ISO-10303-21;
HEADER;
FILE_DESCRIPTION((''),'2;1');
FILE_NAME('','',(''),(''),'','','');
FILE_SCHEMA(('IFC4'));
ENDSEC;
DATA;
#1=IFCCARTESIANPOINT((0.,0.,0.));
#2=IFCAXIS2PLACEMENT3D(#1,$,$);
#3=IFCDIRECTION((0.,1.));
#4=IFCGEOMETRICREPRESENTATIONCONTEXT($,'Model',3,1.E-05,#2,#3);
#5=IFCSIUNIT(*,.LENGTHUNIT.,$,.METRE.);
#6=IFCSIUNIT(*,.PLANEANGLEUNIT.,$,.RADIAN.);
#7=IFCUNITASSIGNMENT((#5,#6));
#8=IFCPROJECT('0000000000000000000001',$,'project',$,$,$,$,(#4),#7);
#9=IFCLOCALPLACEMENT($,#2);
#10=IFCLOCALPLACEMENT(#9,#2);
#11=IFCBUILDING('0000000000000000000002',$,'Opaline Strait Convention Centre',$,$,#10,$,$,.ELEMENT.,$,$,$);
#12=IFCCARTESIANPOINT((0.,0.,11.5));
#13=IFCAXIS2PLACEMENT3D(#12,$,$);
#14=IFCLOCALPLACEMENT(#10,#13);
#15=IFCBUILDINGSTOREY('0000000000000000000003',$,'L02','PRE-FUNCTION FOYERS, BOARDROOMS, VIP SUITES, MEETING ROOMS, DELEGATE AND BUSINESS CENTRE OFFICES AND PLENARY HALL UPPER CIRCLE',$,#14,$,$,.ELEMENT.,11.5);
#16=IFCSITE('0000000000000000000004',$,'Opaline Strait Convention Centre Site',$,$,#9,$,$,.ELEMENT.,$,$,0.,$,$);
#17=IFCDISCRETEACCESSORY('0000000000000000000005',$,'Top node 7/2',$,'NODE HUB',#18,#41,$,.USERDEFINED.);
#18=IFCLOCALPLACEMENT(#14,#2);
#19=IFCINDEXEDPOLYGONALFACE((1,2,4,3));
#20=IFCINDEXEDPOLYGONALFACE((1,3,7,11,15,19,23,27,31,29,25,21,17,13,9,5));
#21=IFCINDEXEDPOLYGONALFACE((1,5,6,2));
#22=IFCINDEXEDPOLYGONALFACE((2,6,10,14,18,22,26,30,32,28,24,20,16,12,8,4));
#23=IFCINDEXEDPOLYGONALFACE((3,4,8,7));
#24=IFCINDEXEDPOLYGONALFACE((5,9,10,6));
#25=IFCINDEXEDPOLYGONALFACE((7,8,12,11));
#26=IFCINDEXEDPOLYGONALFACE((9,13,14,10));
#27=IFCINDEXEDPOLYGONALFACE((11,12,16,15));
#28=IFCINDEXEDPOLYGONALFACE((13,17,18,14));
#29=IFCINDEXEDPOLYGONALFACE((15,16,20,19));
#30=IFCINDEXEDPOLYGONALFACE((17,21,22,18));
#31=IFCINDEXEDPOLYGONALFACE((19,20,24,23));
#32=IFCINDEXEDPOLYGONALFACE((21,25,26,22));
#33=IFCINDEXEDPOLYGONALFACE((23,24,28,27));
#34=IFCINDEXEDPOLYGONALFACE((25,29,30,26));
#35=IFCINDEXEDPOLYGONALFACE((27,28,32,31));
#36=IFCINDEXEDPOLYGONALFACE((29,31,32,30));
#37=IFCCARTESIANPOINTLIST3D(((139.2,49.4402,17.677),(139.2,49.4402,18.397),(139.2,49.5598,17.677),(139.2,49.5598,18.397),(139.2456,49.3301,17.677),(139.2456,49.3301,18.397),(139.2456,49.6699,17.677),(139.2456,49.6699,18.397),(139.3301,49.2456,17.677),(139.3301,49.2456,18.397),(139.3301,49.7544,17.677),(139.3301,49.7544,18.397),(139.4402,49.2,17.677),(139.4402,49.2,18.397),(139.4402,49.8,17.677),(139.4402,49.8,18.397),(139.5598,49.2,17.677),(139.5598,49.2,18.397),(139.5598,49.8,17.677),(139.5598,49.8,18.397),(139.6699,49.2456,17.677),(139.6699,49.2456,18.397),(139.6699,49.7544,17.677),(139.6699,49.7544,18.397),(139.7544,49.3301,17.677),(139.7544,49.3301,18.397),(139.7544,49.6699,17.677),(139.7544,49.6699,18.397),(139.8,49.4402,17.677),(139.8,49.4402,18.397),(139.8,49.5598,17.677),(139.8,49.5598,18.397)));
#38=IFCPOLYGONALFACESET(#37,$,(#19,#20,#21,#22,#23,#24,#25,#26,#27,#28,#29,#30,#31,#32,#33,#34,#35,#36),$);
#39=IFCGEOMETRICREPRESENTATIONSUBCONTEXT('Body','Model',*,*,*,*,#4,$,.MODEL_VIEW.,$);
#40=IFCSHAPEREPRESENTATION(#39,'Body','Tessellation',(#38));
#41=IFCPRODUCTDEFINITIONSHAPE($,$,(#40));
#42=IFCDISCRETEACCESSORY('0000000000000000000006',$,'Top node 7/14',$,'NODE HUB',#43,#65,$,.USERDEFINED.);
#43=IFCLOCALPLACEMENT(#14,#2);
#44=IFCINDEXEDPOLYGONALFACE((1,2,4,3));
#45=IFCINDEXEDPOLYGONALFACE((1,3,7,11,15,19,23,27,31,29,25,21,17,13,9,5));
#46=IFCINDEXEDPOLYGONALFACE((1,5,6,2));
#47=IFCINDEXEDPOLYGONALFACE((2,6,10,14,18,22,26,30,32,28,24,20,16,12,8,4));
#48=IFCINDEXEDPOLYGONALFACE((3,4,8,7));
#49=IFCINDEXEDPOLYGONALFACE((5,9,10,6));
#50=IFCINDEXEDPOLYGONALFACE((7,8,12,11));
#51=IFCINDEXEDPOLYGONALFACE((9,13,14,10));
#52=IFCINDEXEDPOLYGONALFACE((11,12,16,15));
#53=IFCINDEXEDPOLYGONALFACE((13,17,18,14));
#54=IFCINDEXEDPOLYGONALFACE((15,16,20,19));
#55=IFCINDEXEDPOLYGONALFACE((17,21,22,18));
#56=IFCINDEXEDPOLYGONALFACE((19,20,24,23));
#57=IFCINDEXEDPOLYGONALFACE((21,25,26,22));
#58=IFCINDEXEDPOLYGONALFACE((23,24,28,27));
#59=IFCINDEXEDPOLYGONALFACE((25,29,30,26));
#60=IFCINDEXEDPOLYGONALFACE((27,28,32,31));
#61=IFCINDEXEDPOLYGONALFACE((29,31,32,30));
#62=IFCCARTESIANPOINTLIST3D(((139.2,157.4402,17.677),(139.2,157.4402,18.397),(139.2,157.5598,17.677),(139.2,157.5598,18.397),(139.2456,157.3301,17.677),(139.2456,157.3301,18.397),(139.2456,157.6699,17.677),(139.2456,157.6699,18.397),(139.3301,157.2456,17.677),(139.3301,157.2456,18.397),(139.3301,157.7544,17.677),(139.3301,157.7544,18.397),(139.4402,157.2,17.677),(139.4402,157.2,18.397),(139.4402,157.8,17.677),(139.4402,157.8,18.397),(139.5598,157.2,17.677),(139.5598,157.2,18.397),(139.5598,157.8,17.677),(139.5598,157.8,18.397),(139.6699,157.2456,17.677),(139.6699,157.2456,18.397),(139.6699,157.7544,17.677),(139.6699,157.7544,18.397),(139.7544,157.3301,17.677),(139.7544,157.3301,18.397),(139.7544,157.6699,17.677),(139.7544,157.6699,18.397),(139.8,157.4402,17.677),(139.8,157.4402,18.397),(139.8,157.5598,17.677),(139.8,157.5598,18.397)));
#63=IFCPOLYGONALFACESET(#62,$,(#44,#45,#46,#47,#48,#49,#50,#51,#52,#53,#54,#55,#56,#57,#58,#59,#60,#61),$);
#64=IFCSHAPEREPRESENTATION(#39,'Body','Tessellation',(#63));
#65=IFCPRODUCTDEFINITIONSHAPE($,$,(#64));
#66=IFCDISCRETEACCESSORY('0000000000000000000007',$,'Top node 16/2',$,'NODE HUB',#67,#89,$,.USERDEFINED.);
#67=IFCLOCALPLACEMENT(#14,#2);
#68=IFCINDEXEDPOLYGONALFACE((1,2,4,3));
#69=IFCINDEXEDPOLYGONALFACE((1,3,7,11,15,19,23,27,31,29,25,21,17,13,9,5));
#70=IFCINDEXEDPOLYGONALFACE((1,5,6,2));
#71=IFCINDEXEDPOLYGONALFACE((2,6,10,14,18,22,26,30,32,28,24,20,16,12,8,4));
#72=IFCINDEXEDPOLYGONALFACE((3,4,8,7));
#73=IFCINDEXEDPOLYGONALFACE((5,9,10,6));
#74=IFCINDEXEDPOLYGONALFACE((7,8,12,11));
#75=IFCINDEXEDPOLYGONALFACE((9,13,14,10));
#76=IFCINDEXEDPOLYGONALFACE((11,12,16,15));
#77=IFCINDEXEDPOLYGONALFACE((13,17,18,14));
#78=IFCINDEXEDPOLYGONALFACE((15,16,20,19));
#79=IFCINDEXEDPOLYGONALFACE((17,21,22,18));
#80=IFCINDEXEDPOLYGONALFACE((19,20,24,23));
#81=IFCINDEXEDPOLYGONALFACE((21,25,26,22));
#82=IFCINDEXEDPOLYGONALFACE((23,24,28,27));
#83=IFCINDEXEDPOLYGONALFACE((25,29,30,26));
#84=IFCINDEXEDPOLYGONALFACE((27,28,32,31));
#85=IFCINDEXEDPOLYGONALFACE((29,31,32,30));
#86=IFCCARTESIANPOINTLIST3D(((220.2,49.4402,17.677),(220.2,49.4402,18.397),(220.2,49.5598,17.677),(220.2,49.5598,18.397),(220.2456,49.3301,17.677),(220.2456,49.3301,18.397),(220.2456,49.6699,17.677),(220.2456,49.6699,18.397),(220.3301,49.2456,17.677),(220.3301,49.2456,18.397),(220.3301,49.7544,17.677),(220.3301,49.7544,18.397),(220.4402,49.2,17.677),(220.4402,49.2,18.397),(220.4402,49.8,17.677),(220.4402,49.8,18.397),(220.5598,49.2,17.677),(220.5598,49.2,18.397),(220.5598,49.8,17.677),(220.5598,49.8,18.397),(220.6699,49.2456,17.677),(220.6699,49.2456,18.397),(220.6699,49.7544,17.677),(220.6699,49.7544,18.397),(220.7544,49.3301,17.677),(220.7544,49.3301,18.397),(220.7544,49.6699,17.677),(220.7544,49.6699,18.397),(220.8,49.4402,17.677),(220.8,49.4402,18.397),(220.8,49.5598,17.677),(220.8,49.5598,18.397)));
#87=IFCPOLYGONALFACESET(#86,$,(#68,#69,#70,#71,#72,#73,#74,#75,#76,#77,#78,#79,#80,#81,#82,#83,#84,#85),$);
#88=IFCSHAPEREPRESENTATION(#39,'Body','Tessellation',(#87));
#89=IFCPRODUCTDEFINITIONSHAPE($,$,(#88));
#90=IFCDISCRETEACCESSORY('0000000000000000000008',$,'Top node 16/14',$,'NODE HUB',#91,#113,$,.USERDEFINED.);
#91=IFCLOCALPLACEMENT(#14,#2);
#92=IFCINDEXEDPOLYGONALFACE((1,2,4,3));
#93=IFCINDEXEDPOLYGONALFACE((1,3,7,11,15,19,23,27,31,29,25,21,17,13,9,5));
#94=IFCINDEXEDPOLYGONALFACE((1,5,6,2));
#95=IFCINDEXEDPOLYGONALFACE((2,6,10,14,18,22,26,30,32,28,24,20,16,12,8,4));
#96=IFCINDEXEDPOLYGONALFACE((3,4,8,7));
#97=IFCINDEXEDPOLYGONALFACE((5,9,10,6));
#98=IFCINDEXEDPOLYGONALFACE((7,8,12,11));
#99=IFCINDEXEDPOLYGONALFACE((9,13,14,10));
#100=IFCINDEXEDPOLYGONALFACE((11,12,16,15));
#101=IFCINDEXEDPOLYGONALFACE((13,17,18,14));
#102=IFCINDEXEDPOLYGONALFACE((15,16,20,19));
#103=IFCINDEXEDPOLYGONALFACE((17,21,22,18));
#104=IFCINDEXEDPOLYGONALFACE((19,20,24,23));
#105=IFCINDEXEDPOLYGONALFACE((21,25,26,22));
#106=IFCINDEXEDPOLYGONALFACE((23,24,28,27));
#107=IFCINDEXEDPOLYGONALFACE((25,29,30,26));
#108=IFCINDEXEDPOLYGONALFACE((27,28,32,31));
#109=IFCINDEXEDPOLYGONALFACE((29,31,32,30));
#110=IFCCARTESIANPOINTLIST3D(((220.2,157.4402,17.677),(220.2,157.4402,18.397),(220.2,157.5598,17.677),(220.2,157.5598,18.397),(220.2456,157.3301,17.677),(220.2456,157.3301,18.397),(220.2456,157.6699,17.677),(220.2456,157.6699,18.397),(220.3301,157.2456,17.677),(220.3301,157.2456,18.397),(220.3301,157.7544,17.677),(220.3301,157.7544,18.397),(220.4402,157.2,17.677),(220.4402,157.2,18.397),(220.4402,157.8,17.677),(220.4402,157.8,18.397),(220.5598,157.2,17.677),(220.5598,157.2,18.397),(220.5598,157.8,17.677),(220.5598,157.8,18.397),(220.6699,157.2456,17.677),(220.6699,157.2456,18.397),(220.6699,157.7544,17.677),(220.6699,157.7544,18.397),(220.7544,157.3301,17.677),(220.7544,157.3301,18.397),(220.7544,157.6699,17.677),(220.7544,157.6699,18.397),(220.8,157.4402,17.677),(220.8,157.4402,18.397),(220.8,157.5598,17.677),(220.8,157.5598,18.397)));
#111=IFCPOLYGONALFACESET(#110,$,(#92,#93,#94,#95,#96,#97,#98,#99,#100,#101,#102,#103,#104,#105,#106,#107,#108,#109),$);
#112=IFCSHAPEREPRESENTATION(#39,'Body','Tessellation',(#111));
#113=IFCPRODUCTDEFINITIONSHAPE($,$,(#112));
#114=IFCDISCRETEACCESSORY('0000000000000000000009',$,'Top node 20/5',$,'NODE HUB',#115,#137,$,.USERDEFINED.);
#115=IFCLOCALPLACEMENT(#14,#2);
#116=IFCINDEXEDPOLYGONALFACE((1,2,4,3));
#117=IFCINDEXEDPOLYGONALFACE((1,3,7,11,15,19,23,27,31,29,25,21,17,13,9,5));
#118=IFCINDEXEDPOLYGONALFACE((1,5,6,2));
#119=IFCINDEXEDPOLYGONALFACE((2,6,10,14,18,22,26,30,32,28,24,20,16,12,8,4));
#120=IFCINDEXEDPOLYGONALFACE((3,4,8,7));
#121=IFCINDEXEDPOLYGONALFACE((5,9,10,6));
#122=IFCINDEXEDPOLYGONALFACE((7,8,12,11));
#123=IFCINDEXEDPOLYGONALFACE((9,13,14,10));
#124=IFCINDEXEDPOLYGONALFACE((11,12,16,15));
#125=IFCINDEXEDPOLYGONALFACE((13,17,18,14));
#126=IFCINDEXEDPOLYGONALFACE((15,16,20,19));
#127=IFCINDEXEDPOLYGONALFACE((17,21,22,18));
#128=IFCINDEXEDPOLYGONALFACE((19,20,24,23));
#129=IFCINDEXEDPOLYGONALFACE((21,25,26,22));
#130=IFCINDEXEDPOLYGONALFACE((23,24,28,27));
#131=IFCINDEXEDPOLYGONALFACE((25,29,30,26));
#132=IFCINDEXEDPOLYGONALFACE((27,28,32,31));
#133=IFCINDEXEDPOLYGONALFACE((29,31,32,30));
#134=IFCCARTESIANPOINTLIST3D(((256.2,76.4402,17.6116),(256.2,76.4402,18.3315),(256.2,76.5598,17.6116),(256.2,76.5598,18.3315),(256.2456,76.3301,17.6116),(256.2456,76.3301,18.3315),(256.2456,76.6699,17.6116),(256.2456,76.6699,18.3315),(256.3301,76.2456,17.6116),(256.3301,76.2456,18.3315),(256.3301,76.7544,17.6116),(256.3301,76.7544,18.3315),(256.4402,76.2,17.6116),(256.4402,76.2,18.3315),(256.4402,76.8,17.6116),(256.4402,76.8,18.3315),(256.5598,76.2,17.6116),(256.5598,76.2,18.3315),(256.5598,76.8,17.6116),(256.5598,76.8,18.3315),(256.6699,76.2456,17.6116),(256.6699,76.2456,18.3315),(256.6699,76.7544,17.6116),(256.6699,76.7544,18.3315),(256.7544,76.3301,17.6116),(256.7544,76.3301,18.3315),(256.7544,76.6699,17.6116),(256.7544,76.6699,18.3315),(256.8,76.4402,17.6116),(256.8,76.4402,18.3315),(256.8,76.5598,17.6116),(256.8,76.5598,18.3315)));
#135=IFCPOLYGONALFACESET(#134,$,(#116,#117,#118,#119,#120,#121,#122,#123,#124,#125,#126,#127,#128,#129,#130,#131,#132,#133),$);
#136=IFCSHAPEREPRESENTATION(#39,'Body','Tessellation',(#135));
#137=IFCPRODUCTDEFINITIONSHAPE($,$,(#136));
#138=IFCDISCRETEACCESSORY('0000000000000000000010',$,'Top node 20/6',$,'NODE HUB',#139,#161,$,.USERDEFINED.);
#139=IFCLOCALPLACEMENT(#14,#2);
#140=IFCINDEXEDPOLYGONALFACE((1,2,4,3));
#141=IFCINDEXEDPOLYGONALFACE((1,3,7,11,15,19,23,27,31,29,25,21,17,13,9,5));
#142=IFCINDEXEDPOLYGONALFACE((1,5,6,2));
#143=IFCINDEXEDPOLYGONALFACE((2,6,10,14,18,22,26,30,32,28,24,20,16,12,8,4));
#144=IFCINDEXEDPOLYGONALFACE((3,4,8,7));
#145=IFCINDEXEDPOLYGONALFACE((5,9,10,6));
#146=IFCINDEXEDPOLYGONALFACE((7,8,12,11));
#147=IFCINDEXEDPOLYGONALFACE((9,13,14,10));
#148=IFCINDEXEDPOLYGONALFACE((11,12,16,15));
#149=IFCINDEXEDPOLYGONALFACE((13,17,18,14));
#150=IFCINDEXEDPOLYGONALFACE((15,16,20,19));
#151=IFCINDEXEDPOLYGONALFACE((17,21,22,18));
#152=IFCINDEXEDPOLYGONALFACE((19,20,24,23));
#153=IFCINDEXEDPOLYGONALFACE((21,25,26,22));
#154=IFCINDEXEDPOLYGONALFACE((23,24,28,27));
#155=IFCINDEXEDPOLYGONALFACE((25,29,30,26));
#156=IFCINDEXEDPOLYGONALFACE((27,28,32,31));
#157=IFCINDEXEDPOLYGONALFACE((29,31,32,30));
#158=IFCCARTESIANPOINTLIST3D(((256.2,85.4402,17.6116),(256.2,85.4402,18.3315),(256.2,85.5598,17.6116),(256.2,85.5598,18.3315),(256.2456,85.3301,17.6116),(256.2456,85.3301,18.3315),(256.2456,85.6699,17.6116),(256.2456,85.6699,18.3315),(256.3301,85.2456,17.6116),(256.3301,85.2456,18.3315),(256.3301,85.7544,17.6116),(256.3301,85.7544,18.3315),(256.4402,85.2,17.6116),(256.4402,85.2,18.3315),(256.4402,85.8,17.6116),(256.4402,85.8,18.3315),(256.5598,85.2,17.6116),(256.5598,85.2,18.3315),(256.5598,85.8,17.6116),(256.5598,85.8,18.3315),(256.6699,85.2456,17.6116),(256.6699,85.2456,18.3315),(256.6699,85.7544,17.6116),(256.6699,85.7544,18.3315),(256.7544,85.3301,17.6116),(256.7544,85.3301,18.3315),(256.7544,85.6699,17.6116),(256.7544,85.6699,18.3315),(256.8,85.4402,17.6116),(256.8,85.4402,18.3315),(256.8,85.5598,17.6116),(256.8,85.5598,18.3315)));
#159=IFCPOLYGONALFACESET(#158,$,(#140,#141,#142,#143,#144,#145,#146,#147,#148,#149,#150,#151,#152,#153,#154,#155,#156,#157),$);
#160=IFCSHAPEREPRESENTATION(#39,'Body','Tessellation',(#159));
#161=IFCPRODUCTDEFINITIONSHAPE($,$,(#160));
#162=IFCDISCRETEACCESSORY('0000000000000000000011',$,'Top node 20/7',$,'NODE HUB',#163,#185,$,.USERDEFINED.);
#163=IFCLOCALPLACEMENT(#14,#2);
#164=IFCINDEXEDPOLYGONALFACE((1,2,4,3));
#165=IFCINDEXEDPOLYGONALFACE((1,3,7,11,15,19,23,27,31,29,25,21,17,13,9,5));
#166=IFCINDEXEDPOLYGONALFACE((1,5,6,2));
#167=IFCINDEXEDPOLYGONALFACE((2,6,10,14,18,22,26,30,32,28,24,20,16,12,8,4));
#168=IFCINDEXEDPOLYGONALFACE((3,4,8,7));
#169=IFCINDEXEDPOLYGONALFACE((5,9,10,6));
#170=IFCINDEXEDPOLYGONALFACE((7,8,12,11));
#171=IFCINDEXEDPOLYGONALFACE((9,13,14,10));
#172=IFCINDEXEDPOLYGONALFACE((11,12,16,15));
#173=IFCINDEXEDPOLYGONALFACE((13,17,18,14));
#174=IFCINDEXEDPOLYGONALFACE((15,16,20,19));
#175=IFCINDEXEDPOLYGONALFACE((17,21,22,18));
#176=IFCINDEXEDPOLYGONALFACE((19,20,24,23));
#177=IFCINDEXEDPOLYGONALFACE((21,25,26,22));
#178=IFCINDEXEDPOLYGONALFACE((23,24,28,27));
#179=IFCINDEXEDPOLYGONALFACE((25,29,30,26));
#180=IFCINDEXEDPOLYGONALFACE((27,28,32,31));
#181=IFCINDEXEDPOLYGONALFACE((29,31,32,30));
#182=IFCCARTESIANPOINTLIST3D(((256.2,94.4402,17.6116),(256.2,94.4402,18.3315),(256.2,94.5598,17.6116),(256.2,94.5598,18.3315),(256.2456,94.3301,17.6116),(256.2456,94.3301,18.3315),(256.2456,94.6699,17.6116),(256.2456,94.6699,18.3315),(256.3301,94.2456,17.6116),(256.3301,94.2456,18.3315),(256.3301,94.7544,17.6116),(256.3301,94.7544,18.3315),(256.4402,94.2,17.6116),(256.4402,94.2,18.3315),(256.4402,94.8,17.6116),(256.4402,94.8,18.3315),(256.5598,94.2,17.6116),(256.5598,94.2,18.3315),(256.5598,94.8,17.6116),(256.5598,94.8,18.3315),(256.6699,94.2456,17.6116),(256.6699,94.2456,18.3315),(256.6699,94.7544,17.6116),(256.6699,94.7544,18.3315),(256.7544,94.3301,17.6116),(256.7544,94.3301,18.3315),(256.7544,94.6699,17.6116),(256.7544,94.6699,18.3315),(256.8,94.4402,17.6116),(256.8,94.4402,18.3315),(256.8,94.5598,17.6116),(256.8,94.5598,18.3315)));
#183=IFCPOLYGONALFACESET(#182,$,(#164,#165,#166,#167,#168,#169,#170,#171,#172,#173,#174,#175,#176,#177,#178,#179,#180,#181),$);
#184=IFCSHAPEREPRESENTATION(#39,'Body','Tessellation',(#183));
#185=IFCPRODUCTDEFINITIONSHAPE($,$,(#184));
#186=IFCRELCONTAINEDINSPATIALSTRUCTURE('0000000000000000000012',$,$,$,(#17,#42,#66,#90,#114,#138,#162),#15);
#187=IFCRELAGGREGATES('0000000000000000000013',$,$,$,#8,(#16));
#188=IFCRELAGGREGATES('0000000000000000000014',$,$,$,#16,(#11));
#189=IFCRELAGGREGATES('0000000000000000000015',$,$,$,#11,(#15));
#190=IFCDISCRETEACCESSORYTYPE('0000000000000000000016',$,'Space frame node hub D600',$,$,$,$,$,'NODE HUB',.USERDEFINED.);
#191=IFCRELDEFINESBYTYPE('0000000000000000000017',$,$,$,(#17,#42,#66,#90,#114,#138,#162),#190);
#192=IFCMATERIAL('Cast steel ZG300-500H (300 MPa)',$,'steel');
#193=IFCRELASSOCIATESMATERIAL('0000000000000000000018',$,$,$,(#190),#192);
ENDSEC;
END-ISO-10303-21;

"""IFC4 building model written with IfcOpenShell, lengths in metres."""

from ifc_helpers import new_model, si_unit, direction, frame, origin, place, context, subcontext, project, spatial, polyline, outline, extrude, material, type_object, element, save


model = new_model("IFC4")

# Units and contexts
model_context = context("Model", 3, precision=1e-05, world=origin(), true_north=direction((0.0, 1.0)))
body_context = subcontext(model_context, "Body", "Model", "MODEL_VIEW")
ifc_project = project(units=[si_unit("LENGTHUNIT", "METRE"), si_unit("PLANEANGLEUNIT", "RADIAN")], contexts=[model_context])

# Site, building, storey
site_placement = place(None, origin())
site = spatial("IfcSite", under=ifc_project, at=site_placement, Name="Opaline Strait Convention Centre Site", CompositionType="ELEMENT", RefElevation=0.0)
building_placement = place(site_placement, origin())
building = spatial("IfcBuilding", under=site, at=building_placement, Name="Opaline Strait Convention Centre", CompositionType="ELEMENT")
storey_placement = place(building_placement, frame((0.0, 0.0, 11.5)))
storey = spatial("IfcBuildingStorey", under=building, at=storey_placement, Name="L02", Description="PRE-FUNCTION FOYERS, BOARDROOMS, VIP SUITES, MEETING ROOMS, DELEGATE AND BUSINESS CENTRE OFFICES AND PLENARY HALL UPPER CIRCLE", CompositionType="ELEMENT", Elevation=11.5)

# Discrete accessories
ifc_material = material(Name="Cast steel ZG300-500H (300 MPa)", Category="steel")
discrete_accessory_type_1 = type_object("IfcDiscreteAccessoryType", Name="Space frame node hub D600", ElementType="NODE HUB", PredefinedType="USERDEFINED", material=ifc_material)
discrete_accessory_1_placement = place(storey_placement, frame((0.0, 0.0, 17.677)))
element("IfcDiscreteAccessory", 1, at=discrete_accessory_1_placement, inside=storey, type_object=discrete_accessory_type_1, Name="Top node 7/2", ObjectType="NODE HUB", PredefinedType="USERDEFINED", context=body_context, shape_type="SweptSolid", body=[
    extrude(outline(polyline([(139.8, 49.5598), (139.7544, 49.6699), (139.6699, 49.7544), (139.5598, 49.8), (139.4402, 49.8), (139.3301, 49.7544), (139.2456, 49.6699), (139.2, 49.5598), (139.2, 49.4402), (139.2456, 49.3301), (139.3301, 49.2456), (139.4402, 49.2), (139.5598, 49.2), (139.6699, 49.2456), (139.7544, 49.3301), (139.8, 49.4402), (139.8, 49.5598)])), origin(), (0.0, 0.0, 1.0), 0.72),
])
discrete_accessory_2_placement = place(storey_placement, frame((0.0, 0.0, 17.677)))
element("IfcDiscreteAccessory", 2, at=discrete_accessory_2_placement, inside=storey, type_object=discrete_accessory_type_1, Name="Top node 7/14", ObjectType="NODE HUB", PredefinedType="USERDEFINED", context=body_context, shape_type="SweptSolid", body=[
    extrude(outline(polyline([(139.8, 157.5598), (139.7544, 157.6699), (139.6699, 157.7544), (139.5598, 157.8), (139.4402, 157.8), (139.3301, 157.7544), (139.2456, 157.6699), (139.2, 157.5598), (139.2, 157.4402), (139.2456, 157.3301), (139.3301, 157.2456), (139.4402, 157.2), (139.5598, 157.2), (139.6699, 157.2456), (139.7544, 157.3301), (139.8, 157.4402), (139.8, 157.5598)])), origin(), (0.0, 0.0, 1.0), 0.72),
])
discrete_accessory_3_placement = place(storey_placement, frame((0.0, 0.0, 17.677)))
element("IfcDiscreteAccessory", 3, at=discrete_accessory_3_placement, inside=storey, type_object=discrete_accessory_type_1, Name="Top node 16/2", ObjectType="NODE HUB", PredefinedType="USERDEFINED", context=body_context, shape_type="SweptSolid", body=[
    extrude(outline(polyline([(220.8, 49.5598), (220.7544, 49.6699), (220.6699, 49.7544), (220.5598, 49.8), (220.4402, 49.8), (220.3301, 49.7544), (220.2456, 49.6699), (220.2, 49.5598), (220.2, 49.4402), (220.2456, 49.3301), (220.3301, 49.2456), (220.4402, 49.2), (220.5598, 49.2), (220.6699, 49.2456), (220.7544, 49.3301), (220.8, 49.4402), (220.8, 49.5598)])), origin(), (0.0, 0.0, 1.0), 0.72),
])
discrete_accessory_4_placement = place(storey_placement, frame((0.0, 0.0, 17.677)))
element("IfcDiscreteAccessory", 4, at=discrete_accessory_4_placement, inside=storey, type_object=discrete_accessory_type_1, Name="Top node 16/14", ObjectType="NODE HUB", PredefinedType="USERDEFINED", context=body_context, shape_type="SweptSolid", body=[
    extrude(outline(polyline([(220.8, 157.5598), (220.7544, 157.6699), (220.6699, 157.7544), (220.5598, 157.8), (220.4402, 157.8), (220.3301, 157.7544), (220.2456, 157.6699), (220.2, 157.5598), (220.2, 157.4402), (220.2456, 157.3301), (220.3301, 157.2456), (220.4402, 157.2), (220.5598, 157.2), (220.6699, 157.2456), (220.7544, 157.3301), (220.8, 157.4402), (220.8, 157.5598)])), origin(), (0.0, 0.0, 1.0), 0.72),
])
discrete_accessory_5_placement = place(storey_placement, frame((0.0, 0.0, 17.6116)))
element("IfcDiscreteAccessory", 5, at=discrete_accessory_5_placement, inside=storey, type_object=discrete_accessory_type_1, Name="Top node 20/5", ObjectType="NODE HUB", PredefinedType="USERDEFINED", context=body_context, shape_type="SweptSolid", body=[
    extrude(outline(polyline([(256.8, 76.5598), (256.7544, 76.6699), (256.6699, 76.7544), (256.5598, 76.8), (256.4402, 76.8), (256.3301, 76.7544), (256.2456, 76.6699), (256.2, 76.5598), (256.2, 76.4402), (256.2456, 76.3301), (256.3301, 76.2456), (256.4402, 76.2), (256.5598, 76.2), (256.6699, 76.2456), (256.7544, 76.3301), (256.8, 76.4402), (256.8, 76.5598)])), origin(), (0.0, 0.0, 1.0), 0.72),
])
discrete_accessory_6_placement = place(storey_placement, frame((0.0, 0.0, 17.6116)))
element("IfcDiscreteAccessory", 6, at=discrete_accessory_6_placement, inside=storey, type_object=discrete_accessory_type_1, Name="Top node 20/6", ObjectType="NODE HUB", PredefinedType="USERDEFINED", context=body_context, shape_type="SweptSolid", body=[
    extrude(outline(polyline([(256.8, 85.5598), (256.7544, 85.6699), (256.6699, 85.7544), (256.5598, 85.8), (256.4402, 85.8), (256.3301, 85.7544), (256.2456, 85.6699), (256.2, 85.5598), (256.2, 85.4402), (256.2456, 85.3301), (256.3301, 85.2456), (256.4402, 85.2), (256.5598, 85.2), (256.6699, 85.2456), (256.7544, 85.3301), (256.8, 85.4402), (256.8, 85.5598)])), origin(), (0.0, 0.0, 1.0), 0.72),
])
discrete_accessory_7_placement = place(storey_placement, frame((0.0, 0.0, 17.6116)))
element("IfcDiscreteAccessory", 7, at=discrete_accessory_7_placement, inside=storey, type_object=discrete_accessory_type_1, Name="Top node 20/7", ObjectType="NODE HUB", PredefinedType="USERDEFINED", context=body_context, shape_type="SweptSolid", body=[
    extrude(outline(polyline([(256.8, 94.5598), (256.7544, 94.6699), (256.6699, 94.7544), (256.5598, 94.8), (256.4402, 94.8), (256.3301, 94.7544), (256.2456, 94.6699), (256.2, 94.5598), (256.2, 94.4402), (256.2456, 94.3301), (256.3301, 94.2456), (256.4402, 94.2), (256.5598, 94.2), (256.6699, 94.2456), (256.7544, 94.3301), (256.8, 94.4402), (256.8, 94.5598)])), origin(), (0.0, 0.0, 1.0), 0.72),
])

save(model, "model.ifc")
